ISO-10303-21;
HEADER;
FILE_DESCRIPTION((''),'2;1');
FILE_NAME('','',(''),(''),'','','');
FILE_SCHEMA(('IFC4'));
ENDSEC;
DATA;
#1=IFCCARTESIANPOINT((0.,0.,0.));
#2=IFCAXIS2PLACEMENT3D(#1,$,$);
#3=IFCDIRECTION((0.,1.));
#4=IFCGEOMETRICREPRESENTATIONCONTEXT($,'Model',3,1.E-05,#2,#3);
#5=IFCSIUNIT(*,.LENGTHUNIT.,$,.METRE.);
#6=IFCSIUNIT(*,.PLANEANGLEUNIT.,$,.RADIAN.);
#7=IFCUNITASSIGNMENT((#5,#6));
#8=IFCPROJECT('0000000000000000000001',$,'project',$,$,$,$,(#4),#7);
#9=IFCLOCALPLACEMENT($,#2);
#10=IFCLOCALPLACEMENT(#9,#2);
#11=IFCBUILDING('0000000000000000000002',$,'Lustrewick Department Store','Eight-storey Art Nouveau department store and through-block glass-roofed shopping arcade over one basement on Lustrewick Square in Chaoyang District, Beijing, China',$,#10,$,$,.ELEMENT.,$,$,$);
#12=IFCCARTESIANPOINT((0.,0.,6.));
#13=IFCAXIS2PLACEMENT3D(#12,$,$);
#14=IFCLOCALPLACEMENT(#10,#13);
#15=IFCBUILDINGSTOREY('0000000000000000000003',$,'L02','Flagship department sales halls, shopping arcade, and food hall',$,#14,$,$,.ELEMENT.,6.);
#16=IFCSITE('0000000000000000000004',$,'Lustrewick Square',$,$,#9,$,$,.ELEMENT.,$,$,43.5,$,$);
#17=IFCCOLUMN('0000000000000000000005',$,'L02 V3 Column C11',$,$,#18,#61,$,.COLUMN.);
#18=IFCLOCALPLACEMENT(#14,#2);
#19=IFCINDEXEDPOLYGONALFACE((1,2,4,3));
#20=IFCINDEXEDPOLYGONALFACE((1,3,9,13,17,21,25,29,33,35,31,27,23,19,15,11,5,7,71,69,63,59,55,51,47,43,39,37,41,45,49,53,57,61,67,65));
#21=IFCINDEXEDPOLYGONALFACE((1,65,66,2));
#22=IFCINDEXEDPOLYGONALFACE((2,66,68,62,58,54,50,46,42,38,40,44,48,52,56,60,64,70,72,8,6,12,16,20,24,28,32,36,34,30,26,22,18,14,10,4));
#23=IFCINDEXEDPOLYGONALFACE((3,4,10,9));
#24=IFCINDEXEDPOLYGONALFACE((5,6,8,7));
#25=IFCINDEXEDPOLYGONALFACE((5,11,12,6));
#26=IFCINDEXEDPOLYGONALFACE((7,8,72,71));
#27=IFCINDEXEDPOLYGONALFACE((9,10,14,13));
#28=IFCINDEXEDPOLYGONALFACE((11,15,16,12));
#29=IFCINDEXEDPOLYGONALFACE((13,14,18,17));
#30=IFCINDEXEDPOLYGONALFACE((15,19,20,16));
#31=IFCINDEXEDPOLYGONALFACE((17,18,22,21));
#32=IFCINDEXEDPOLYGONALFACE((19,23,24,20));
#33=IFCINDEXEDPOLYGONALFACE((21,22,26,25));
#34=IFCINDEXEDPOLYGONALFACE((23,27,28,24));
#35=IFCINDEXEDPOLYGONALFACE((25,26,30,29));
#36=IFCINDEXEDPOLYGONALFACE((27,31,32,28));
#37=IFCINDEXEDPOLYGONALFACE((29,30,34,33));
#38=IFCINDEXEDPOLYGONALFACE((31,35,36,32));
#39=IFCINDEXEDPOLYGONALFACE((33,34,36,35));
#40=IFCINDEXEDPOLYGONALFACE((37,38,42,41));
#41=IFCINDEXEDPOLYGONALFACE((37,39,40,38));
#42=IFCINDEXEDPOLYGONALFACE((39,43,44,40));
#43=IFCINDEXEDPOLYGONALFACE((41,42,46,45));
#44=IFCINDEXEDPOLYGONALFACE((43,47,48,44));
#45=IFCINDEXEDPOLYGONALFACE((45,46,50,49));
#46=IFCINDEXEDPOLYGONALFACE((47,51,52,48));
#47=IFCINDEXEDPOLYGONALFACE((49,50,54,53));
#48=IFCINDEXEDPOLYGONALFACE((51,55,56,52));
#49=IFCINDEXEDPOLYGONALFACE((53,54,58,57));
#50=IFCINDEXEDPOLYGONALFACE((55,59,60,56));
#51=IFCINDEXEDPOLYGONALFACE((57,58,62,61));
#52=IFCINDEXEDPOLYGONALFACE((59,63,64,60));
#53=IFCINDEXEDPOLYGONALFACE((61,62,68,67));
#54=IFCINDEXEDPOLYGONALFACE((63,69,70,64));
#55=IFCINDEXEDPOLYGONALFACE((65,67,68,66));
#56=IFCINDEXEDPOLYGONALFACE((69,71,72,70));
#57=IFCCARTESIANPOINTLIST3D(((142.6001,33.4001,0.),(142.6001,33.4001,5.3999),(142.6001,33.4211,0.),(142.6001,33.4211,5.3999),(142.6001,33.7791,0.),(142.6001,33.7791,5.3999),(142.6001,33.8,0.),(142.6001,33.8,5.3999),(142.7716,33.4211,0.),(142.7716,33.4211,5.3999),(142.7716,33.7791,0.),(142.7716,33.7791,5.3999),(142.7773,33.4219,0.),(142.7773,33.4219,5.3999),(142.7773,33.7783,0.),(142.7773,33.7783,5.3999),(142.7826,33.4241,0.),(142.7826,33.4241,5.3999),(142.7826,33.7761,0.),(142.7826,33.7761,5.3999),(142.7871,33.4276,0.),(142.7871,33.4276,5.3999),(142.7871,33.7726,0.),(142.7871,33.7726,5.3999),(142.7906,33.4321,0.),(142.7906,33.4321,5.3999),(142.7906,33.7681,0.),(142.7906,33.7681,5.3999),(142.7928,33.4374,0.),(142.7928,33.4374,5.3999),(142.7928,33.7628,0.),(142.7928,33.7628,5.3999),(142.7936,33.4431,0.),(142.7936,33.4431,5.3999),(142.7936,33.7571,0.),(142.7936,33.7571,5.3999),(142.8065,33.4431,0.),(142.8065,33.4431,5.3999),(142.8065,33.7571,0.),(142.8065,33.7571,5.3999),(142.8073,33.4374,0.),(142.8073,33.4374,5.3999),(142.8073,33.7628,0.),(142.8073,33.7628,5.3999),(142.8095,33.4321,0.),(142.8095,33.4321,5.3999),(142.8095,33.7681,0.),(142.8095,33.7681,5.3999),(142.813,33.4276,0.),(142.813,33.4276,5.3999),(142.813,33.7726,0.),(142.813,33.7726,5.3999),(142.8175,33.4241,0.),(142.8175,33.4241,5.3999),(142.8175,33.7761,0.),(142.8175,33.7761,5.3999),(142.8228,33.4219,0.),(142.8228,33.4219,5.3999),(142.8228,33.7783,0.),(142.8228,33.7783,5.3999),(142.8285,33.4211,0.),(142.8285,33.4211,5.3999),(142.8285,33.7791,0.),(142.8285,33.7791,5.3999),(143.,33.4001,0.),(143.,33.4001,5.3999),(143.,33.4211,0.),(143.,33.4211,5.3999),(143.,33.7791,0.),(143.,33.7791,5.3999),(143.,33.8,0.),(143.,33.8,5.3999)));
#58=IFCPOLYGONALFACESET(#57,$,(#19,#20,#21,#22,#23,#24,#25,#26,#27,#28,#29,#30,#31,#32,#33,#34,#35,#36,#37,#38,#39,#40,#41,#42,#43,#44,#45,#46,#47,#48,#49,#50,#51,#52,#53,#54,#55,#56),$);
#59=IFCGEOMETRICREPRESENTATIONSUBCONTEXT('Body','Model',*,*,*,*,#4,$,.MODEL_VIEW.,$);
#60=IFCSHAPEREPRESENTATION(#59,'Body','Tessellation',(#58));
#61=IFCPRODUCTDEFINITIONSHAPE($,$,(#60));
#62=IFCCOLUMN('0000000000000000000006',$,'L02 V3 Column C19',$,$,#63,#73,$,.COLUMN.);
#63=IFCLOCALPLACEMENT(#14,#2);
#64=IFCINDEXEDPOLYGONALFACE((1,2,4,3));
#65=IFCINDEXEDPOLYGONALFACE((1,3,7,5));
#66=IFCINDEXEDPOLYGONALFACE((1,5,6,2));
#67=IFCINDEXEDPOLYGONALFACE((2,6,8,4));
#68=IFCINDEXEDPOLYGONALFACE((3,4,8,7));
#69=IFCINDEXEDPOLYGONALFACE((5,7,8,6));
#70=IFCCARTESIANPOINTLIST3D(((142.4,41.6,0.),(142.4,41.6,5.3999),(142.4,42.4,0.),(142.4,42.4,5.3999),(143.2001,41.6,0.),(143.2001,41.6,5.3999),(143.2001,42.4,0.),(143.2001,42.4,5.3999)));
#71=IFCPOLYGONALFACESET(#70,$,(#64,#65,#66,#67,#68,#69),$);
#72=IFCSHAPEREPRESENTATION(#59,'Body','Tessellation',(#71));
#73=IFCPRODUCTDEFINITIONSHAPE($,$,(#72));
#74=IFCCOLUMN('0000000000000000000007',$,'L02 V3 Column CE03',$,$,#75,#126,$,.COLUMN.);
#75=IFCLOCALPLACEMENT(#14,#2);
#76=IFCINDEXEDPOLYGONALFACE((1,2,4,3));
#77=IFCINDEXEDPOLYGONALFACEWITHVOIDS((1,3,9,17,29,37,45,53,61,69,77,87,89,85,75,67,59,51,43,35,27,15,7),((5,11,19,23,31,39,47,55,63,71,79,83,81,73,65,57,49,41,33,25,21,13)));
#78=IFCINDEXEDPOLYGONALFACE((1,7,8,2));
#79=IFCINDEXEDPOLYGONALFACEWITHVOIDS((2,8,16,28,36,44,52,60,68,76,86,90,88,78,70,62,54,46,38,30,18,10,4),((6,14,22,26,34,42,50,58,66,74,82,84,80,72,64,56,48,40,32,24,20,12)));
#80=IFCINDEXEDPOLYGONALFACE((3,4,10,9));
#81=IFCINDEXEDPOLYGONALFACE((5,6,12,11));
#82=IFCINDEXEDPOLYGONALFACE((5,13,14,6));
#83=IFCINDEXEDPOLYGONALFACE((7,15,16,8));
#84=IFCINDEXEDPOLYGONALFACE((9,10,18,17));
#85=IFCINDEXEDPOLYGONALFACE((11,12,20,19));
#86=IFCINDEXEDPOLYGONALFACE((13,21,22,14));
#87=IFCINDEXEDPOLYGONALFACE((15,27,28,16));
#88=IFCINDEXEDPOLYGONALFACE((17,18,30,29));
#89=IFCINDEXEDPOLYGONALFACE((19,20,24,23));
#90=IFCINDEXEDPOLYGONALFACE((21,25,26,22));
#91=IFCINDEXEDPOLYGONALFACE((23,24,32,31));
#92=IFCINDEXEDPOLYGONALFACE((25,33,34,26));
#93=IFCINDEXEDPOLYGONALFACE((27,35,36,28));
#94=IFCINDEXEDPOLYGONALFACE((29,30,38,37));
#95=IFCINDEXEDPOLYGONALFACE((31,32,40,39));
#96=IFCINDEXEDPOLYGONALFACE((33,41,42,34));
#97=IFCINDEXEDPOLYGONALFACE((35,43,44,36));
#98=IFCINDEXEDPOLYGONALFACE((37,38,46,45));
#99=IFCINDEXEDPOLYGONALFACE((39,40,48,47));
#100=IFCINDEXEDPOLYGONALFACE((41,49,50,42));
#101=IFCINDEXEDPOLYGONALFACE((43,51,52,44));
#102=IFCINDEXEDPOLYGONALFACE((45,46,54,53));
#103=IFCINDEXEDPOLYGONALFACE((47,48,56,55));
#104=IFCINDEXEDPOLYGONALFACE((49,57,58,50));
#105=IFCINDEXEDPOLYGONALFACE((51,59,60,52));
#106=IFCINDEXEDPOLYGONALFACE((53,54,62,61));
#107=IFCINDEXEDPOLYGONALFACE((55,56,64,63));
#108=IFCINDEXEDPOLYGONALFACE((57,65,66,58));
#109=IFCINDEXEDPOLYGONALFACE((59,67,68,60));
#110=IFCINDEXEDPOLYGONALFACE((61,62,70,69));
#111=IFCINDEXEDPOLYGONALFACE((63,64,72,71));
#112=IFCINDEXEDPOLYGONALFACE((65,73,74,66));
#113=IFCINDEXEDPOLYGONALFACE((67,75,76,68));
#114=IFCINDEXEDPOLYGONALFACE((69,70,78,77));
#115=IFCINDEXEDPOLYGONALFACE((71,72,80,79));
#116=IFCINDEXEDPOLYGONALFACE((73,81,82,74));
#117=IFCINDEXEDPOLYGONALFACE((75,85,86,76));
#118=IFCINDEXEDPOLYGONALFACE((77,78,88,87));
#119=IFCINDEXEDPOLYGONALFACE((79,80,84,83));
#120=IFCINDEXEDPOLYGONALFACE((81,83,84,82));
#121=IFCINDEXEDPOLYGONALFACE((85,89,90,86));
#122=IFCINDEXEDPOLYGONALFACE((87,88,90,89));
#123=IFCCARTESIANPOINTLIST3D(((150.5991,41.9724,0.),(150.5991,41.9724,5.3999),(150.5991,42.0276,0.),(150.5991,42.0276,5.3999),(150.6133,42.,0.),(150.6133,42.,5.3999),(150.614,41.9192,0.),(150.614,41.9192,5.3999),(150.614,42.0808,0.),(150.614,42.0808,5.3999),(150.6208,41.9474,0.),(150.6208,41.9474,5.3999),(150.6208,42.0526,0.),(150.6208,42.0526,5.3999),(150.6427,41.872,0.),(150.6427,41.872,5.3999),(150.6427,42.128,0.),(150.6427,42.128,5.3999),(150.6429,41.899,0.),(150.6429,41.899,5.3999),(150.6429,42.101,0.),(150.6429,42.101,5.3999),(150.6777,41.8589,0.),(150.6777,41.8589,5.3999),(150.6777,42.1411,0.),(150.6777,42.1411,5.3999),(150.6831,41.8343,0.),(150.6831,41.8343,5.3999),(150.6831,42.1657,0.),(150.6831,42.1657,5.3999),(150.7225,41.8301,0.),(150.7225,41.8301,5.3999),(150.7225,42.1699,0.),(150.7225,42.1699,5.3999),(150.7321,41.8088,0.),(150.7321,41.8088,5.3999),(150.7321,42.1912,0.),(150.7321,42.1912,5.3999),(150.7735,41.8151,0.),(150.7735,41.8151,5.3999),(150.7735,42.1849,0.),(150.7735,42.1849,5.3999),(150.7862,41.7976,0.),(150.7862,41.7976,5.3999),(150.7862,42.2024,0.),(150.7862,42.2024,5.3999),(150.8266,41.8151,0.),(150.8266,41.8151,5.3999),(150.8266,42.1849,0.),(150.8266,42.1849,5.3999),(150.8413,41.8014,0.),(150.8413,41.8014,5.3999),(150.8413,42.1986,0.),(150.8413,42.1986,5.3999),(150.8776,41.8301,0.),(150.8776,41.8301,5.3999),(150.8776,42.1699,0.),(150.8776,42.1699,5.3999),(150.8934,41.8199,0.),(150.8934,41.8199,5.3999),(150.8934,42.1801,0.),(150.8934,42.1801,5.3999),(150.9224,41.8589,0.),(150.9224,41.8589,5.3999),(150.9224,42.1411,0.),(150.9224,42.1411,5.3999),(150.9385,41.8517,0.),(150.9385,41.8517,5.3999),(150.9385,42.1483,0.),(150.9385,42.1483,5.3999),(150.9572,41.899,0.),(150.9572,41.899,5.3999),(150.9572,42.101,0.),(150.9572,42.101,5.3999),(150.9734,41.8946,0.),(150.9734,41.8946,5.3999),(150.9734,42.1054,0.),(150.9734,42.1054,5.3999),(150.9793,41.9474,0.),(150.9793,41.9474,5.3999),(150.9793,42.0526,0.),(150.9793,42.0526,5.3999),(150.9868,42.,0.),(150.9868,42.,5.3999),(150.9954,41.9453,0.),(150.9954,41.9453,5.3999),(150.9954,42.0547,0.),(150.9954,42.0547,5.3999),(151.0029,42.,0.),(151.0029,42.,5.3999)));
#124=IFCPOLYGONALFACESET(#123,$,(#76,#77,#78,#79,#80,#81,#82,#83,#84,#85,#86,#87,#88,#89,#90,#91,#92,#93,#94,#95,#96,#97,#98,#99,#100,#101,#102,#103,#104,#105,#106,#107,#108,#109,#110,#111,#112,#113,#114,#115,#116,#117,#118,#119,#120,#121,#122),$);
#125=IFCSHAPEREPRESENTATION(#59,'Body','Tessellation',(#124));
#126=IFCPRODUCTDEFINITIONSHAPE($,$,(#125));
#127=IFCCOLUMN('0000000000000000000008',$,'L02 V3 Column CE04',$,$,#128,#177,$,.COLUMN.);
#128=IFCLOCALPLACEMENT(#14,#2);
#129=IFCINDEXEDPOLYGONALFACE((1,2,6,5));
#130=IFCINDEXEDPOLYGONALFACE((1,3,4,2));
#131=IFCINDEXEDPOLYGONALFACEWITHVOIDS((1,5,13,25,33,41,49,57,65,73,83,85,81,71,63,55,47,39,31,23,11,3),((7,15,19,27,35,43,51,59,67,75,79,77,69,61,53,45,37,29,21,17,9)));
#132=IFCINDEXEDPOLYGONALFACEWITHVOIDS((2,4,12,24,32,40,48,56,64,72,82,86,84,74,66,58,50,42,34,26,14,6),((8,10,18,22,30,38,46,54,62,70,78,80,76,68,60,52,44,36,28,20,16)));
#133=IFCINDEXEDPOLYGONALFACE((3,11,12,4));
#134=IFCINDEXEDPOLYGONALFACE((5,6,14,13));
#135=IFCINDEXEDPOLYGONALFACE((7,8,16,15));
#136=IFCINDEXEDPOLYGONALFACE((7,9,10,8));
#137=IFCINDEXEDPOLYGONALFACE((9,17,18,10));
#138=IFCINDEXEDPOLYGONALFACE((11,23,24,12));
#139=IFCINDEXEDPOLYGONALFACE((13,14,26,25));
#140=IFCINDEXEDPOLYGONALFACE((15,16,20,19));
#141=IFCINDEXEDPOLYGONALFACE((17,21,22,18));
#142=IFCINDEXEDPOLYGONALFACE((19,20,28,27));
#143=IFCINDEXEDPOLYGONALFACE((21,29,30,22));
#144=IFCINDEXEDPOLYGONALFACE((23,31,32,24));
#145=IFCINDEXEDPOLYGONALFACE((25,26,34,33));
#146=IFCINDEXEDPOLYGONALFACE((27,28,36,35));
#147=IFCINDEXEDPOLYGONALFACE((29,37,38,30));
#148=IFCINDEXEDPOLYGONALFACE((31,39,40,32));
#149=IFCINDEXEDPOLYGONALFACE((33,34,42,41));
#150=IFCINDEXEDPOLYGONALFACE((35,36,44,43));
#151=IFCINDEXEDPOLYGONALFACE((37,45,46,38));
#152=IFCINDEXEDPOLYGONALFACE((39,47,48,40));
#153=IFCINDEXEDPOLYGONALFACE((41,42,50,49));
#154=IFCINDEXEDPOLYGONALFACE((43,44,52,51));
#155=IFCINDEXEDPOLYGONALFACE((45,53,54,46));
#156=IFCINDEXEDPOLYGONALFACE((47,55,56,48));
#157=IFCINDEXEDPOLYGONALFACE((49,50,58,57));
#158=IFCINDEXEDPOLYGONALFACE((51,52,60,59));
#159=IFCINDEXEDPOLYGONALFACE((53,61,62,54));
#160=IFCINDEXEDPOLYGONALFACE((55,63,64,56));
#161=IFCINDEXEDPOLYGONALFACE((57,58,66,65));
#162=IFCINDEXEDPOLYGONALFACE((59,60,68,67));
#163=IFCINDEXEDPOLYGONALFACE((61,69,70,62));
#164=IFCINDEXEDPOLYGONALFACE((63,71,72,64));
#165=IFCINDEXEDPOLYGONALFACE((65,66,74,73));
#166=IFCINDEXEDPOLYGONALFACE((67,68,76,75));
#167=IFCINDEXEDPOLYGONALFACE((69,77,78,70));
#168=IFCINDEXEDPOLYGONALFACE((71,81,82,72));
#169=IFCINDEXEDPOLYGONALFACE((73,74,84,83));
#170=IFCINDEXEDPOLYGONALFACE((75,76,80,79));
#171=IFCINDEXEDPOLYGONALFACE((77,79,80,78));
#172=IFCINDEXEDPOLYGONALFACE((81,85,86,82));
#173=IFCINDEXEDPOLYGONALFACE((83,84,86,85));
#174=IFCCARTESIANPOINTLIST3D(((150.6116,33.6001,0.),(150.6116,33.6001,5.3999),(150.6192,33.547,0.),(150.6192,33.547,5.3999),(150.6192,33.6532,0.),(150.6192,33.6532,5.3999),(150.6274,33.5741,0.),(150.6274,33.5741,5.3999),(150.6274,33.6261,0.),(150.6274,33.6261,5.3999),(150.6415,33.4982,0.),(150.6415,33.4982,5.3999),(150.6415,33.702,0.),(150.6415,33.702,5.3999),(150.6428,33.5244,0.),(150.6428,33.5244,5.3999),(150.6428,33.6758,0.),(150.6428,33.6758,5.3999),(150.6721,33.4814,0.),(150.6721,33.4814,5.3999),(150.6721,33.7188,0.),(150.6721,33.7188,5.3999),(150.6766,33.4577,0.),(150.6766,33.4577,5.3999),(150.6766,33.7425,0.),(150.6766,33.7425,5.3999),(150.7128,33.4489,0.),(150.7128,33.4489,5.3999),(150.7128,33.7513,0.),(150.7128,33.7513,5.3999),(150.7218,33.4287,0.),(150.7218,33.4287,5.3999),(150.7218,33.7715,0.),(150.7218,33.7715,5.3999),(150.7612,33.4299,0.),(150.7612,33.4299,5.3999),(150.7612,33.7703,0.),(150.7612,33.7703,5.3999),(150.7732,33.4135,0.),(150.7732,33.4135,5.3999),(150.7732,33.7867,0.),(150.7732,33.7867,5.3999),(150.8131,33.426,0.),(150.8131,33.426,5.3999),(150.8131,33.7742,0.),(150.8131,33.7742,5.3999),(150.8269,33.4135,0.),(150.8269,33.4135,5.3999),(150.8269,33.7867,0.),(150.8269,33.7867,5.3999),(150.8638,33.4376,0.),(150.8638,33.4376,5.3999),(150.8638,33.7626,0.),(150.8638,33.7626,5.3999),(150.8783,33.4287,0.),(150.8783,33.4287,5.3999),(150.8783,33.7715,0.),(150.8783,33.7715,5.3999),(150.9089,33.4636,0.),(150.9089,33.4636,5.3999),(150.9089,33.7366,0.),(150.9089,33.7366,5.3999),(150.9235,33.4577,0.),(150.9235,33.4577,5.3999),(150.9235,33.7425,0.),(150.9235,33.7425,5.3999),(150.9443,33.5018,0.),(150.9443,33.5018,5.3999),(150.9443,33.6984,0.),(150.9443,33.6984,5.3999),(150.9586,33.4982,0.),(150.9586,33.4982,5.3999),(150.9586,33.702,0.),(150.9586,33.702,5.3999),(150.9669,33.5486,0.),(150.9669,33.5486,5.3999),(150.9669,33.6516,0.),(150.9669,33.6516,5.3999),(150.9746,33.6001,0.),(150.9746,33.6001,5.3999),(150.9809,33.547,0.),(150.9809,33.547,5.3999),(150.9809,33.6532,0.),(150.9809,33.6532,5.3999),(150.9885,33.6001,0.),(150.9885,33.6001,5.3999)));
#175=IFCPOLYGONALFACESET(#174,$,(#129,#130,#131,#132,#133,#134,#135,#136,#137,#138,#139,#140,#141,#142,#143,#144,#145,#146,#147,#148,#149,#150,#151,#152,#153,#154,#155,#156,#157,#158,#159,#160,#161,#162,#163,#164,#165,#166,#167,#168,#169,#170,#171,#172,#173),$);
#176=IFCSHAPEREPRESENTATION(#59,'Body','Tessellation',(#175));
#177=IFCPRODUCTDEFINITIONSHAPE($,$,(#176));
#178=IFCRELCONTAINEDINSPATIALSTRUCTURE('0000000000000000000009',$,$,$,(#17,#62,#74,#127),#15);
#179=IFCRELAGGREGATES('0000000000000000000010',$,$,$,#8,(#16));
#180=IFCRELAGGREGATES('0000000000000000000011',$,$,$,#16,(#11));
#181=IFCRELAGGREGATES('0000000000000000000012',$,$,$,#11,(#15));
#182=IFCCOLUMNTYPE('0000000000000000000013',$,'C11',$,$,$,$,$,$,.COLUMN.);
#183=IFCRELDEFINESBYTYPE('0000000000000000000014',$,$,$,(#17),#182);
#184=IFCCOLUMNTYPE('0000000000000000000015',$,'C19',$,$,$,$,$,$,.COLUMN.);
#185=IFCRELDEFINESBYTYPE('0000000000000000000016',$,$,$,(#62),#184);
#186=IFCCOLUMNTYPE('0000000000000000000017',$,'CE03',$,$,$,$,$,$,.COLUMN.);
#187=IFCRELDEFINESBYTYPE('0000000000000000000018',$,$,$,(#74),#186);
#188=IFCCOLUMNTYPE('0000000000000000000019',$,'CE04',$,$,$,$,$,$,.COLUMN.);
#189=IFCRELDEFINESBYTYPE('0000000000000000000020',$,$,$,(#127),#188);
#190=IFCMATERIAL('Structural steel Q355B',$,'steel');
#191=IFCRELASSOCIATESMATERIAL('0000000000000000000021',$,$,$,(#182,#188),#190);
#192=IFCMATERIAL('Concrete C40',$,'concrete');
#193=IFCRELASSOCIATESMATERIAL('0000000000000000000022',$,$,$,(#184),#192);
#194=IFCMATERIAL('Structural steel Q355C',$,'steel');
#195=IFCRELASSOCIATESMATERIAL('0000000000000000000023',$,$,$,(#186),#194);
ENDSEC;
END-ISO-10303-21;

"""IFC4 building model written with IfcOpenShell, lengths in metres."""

from ifc_helpers import new_model, si_unit, direction, frame, origin, origin_2d, place, context, subcontext, project, spatial, rectangle, hollow_circle, i_section, extrude, material, material_profile, profile_set, type_object, element, save


model = new_model("IFC4")

# Units and contexts
model_context = context("Model", 3, precision=1e-05, world=origin(), true_north=direction((0.0, 1.0)))
body_context = subcontext(model_context, "Body", "Model", "MODEL_VIEW")
ifc_project = project(units=[si_unit("LENGTHUNIT", "METRE"), si_unit("PLANEANGLEUNIT", "RADIAN")], contexts=[model_context])

# Site, building, storey
site_placement = place(None, origin())
site = spatial("IfcSite", under=ifc_project, at=site_placement, Name="Lustrewick Square", CompositionType="ELEMENT", RefElevation=43.5)
building_placement = place(site_placement, origin())
building = spatial("IfcBuilding", under=site, at=building_placement, Name="Lustrewick Department Store", Description="Eight-storey Art Nouveau department store and through-block glass-roofed shopping arcade over one basement on Lustrewick Square in Chaoyang District, Beijing, China", CompositionType="ELEMENT")
storey_placement = place(building_placement, frame((0.0, 0.0, 6.0)))
storey = spatial("IfcBuildingStorey", under=building, at=storey_placement, Name="L02", Description="Flagship department sales halls, shopping arcade, and food hall", CompositionType="ELEMENT", Elevation=6.0)

# Columns
ifc_material_1 = material(Name="Structural steel Q355B", Category="steel")
ifc_material_profile_1 = material_profile(ifc_material_1, i_section(OverallWidth=0.3999, OverallDepth=0.3999, WebThickness=0.0129, FlangeThickness=0.021, FilletRadius=0.022, at=origin_2d()), Name="HW 400x400x13x21")
ifc_profile_set_1 = profile_set([ifc_material_profile_1], Name="Structural steel Q355B")
column_type_1 = type_object("IfcColumnType", Name="C11", PredefinedType="COLUMN", material=ifc_profile_set_1)
column_1_placement = place(storey_placement, frame((142.8, 33.6001, 0.0), z_axis=(0.0, 0.0, 1.0), x_axis=(1.0, 0.0, 0.0)))
element("IfcColumn", 1, at=column_1_placement, inside=storey, type_object=column_type_1, Name="L02 V3 Column C11", PredefinedType="COLUMN", context=body_context, shape_type="SweptSolid", body=[
    extrude(i_section(OverallWidth=0.3999, OverallDepth=0.3999, WebThickness=0.0129, FlangeThickness=0.021, FilletRadius=0.022, at=origin_2d()), origin(), (0.0, 0.0, 1.0), 5.3999),
])
ifc_material_2 = material(Name="Concrete C40", Category="concrete")
ifc_material_profile_2 = material_profile(ifc_material_2, rectangle(XDim=0.8, YDim=0.8, at=origin_2d()), Name="RC 800x800")
ifc_profile_set_2 = profile_set([ifc_material_profile_2], Name="Concrete C40")
column_type_2 = type_object("IfcColumnType", Name="C19", PredefinedType="COLUMN", material=ifc_profile_set_2)
column_2_placement = place(storey_placement, frame((142.8, 42.0, 0.0), z_axis=(0.0, 0.0, 1.0), x_axis=(1.0, 0.0, 0.0)))
element("IfcColumn", 2, at=column_2_placement, inside=storey, type_object=column_type_2, Name="L02 V3 Column C19", PredefinedType="COLUMN", context=body_context, shape_type="SweptSolid", body=[
    extrude(rectangle(XDim=0.8, YDim=0.8, at=origin_2d()), origin(), (0.0, 0.0, 1.0), 5.3999),
])
ifc_material_3 = material(Name="Structural steel Q355C", Category="steel")
ifc_material_profile_3 = material_profile(ifc_material_3, hollow_circle(Radius=0.2029, WallThickness=0.0161, at=origin_2d()), Name="CHS 406x16")
ifc_profile_set_3 = profile_set([ifc_material_profile_3], Name="Structural steel Q355C")
column_type_3 = type_object("IfcColumnType", Name="CE03", PredefinedType="COLUMN", material=ifc_profile_set_3)
column_3_placement = place(storey_placement, frame((150.8, 42.0, 0.0), z_axis=(0.0, 0.0, 1.0), x_axis=(1.0, 0.0, 0.0)))
element("IfcColumn", 3, at=column_3_placement, inside=storey, type_object=column_type_3, Name="L02 V3 Column CE03", PredefinedType="COLUMN", context=body_context, shape_type="SweptSolid", body=[
    extrude(hollow_circle(Radius=0.2029, WallThickness=0.0161, at=origin_2d()), origin(), (0.0, 0.0, 1.0), 5.3999),
])
ifc_material_profile_4 = material_profile(ifc_material_1, hollow_circle(Radius=0.1885, WallThickness=0.0139, at=origin_2d()), Name="CHS 377x14")
ifc_profile_set_4 = profile_set([ifc_material_profile_4], Name="Structural steel Q355B")
column_type_4 = type_object("IfcColumnType", Name="CE04", PredefinedType="COLUMN", material=ifc_profile_set_4)
column_4_placement = place(storey_placement, frame((150.8, 33.6001, 0.0), z_axis=(0.0, 0.0, 1.0), x_axis=(1.0, 0.0, 0.0)))
element("IfcColumn", 4, at=column_4_placement, inside=storey, type_object=column_type_4, Name="L02 V3 Column CE04", PredefinedType="COLUMN", context=body_context, shape_type="SweptSolid", body=[
    extrude(hollow_circle(Radius=0.1885, WallThickness=0.0139, at=origin_2d()), origin(), (0.0, 0.0, 1.0), 5.3999),
])

save(model, "model.ifc")
